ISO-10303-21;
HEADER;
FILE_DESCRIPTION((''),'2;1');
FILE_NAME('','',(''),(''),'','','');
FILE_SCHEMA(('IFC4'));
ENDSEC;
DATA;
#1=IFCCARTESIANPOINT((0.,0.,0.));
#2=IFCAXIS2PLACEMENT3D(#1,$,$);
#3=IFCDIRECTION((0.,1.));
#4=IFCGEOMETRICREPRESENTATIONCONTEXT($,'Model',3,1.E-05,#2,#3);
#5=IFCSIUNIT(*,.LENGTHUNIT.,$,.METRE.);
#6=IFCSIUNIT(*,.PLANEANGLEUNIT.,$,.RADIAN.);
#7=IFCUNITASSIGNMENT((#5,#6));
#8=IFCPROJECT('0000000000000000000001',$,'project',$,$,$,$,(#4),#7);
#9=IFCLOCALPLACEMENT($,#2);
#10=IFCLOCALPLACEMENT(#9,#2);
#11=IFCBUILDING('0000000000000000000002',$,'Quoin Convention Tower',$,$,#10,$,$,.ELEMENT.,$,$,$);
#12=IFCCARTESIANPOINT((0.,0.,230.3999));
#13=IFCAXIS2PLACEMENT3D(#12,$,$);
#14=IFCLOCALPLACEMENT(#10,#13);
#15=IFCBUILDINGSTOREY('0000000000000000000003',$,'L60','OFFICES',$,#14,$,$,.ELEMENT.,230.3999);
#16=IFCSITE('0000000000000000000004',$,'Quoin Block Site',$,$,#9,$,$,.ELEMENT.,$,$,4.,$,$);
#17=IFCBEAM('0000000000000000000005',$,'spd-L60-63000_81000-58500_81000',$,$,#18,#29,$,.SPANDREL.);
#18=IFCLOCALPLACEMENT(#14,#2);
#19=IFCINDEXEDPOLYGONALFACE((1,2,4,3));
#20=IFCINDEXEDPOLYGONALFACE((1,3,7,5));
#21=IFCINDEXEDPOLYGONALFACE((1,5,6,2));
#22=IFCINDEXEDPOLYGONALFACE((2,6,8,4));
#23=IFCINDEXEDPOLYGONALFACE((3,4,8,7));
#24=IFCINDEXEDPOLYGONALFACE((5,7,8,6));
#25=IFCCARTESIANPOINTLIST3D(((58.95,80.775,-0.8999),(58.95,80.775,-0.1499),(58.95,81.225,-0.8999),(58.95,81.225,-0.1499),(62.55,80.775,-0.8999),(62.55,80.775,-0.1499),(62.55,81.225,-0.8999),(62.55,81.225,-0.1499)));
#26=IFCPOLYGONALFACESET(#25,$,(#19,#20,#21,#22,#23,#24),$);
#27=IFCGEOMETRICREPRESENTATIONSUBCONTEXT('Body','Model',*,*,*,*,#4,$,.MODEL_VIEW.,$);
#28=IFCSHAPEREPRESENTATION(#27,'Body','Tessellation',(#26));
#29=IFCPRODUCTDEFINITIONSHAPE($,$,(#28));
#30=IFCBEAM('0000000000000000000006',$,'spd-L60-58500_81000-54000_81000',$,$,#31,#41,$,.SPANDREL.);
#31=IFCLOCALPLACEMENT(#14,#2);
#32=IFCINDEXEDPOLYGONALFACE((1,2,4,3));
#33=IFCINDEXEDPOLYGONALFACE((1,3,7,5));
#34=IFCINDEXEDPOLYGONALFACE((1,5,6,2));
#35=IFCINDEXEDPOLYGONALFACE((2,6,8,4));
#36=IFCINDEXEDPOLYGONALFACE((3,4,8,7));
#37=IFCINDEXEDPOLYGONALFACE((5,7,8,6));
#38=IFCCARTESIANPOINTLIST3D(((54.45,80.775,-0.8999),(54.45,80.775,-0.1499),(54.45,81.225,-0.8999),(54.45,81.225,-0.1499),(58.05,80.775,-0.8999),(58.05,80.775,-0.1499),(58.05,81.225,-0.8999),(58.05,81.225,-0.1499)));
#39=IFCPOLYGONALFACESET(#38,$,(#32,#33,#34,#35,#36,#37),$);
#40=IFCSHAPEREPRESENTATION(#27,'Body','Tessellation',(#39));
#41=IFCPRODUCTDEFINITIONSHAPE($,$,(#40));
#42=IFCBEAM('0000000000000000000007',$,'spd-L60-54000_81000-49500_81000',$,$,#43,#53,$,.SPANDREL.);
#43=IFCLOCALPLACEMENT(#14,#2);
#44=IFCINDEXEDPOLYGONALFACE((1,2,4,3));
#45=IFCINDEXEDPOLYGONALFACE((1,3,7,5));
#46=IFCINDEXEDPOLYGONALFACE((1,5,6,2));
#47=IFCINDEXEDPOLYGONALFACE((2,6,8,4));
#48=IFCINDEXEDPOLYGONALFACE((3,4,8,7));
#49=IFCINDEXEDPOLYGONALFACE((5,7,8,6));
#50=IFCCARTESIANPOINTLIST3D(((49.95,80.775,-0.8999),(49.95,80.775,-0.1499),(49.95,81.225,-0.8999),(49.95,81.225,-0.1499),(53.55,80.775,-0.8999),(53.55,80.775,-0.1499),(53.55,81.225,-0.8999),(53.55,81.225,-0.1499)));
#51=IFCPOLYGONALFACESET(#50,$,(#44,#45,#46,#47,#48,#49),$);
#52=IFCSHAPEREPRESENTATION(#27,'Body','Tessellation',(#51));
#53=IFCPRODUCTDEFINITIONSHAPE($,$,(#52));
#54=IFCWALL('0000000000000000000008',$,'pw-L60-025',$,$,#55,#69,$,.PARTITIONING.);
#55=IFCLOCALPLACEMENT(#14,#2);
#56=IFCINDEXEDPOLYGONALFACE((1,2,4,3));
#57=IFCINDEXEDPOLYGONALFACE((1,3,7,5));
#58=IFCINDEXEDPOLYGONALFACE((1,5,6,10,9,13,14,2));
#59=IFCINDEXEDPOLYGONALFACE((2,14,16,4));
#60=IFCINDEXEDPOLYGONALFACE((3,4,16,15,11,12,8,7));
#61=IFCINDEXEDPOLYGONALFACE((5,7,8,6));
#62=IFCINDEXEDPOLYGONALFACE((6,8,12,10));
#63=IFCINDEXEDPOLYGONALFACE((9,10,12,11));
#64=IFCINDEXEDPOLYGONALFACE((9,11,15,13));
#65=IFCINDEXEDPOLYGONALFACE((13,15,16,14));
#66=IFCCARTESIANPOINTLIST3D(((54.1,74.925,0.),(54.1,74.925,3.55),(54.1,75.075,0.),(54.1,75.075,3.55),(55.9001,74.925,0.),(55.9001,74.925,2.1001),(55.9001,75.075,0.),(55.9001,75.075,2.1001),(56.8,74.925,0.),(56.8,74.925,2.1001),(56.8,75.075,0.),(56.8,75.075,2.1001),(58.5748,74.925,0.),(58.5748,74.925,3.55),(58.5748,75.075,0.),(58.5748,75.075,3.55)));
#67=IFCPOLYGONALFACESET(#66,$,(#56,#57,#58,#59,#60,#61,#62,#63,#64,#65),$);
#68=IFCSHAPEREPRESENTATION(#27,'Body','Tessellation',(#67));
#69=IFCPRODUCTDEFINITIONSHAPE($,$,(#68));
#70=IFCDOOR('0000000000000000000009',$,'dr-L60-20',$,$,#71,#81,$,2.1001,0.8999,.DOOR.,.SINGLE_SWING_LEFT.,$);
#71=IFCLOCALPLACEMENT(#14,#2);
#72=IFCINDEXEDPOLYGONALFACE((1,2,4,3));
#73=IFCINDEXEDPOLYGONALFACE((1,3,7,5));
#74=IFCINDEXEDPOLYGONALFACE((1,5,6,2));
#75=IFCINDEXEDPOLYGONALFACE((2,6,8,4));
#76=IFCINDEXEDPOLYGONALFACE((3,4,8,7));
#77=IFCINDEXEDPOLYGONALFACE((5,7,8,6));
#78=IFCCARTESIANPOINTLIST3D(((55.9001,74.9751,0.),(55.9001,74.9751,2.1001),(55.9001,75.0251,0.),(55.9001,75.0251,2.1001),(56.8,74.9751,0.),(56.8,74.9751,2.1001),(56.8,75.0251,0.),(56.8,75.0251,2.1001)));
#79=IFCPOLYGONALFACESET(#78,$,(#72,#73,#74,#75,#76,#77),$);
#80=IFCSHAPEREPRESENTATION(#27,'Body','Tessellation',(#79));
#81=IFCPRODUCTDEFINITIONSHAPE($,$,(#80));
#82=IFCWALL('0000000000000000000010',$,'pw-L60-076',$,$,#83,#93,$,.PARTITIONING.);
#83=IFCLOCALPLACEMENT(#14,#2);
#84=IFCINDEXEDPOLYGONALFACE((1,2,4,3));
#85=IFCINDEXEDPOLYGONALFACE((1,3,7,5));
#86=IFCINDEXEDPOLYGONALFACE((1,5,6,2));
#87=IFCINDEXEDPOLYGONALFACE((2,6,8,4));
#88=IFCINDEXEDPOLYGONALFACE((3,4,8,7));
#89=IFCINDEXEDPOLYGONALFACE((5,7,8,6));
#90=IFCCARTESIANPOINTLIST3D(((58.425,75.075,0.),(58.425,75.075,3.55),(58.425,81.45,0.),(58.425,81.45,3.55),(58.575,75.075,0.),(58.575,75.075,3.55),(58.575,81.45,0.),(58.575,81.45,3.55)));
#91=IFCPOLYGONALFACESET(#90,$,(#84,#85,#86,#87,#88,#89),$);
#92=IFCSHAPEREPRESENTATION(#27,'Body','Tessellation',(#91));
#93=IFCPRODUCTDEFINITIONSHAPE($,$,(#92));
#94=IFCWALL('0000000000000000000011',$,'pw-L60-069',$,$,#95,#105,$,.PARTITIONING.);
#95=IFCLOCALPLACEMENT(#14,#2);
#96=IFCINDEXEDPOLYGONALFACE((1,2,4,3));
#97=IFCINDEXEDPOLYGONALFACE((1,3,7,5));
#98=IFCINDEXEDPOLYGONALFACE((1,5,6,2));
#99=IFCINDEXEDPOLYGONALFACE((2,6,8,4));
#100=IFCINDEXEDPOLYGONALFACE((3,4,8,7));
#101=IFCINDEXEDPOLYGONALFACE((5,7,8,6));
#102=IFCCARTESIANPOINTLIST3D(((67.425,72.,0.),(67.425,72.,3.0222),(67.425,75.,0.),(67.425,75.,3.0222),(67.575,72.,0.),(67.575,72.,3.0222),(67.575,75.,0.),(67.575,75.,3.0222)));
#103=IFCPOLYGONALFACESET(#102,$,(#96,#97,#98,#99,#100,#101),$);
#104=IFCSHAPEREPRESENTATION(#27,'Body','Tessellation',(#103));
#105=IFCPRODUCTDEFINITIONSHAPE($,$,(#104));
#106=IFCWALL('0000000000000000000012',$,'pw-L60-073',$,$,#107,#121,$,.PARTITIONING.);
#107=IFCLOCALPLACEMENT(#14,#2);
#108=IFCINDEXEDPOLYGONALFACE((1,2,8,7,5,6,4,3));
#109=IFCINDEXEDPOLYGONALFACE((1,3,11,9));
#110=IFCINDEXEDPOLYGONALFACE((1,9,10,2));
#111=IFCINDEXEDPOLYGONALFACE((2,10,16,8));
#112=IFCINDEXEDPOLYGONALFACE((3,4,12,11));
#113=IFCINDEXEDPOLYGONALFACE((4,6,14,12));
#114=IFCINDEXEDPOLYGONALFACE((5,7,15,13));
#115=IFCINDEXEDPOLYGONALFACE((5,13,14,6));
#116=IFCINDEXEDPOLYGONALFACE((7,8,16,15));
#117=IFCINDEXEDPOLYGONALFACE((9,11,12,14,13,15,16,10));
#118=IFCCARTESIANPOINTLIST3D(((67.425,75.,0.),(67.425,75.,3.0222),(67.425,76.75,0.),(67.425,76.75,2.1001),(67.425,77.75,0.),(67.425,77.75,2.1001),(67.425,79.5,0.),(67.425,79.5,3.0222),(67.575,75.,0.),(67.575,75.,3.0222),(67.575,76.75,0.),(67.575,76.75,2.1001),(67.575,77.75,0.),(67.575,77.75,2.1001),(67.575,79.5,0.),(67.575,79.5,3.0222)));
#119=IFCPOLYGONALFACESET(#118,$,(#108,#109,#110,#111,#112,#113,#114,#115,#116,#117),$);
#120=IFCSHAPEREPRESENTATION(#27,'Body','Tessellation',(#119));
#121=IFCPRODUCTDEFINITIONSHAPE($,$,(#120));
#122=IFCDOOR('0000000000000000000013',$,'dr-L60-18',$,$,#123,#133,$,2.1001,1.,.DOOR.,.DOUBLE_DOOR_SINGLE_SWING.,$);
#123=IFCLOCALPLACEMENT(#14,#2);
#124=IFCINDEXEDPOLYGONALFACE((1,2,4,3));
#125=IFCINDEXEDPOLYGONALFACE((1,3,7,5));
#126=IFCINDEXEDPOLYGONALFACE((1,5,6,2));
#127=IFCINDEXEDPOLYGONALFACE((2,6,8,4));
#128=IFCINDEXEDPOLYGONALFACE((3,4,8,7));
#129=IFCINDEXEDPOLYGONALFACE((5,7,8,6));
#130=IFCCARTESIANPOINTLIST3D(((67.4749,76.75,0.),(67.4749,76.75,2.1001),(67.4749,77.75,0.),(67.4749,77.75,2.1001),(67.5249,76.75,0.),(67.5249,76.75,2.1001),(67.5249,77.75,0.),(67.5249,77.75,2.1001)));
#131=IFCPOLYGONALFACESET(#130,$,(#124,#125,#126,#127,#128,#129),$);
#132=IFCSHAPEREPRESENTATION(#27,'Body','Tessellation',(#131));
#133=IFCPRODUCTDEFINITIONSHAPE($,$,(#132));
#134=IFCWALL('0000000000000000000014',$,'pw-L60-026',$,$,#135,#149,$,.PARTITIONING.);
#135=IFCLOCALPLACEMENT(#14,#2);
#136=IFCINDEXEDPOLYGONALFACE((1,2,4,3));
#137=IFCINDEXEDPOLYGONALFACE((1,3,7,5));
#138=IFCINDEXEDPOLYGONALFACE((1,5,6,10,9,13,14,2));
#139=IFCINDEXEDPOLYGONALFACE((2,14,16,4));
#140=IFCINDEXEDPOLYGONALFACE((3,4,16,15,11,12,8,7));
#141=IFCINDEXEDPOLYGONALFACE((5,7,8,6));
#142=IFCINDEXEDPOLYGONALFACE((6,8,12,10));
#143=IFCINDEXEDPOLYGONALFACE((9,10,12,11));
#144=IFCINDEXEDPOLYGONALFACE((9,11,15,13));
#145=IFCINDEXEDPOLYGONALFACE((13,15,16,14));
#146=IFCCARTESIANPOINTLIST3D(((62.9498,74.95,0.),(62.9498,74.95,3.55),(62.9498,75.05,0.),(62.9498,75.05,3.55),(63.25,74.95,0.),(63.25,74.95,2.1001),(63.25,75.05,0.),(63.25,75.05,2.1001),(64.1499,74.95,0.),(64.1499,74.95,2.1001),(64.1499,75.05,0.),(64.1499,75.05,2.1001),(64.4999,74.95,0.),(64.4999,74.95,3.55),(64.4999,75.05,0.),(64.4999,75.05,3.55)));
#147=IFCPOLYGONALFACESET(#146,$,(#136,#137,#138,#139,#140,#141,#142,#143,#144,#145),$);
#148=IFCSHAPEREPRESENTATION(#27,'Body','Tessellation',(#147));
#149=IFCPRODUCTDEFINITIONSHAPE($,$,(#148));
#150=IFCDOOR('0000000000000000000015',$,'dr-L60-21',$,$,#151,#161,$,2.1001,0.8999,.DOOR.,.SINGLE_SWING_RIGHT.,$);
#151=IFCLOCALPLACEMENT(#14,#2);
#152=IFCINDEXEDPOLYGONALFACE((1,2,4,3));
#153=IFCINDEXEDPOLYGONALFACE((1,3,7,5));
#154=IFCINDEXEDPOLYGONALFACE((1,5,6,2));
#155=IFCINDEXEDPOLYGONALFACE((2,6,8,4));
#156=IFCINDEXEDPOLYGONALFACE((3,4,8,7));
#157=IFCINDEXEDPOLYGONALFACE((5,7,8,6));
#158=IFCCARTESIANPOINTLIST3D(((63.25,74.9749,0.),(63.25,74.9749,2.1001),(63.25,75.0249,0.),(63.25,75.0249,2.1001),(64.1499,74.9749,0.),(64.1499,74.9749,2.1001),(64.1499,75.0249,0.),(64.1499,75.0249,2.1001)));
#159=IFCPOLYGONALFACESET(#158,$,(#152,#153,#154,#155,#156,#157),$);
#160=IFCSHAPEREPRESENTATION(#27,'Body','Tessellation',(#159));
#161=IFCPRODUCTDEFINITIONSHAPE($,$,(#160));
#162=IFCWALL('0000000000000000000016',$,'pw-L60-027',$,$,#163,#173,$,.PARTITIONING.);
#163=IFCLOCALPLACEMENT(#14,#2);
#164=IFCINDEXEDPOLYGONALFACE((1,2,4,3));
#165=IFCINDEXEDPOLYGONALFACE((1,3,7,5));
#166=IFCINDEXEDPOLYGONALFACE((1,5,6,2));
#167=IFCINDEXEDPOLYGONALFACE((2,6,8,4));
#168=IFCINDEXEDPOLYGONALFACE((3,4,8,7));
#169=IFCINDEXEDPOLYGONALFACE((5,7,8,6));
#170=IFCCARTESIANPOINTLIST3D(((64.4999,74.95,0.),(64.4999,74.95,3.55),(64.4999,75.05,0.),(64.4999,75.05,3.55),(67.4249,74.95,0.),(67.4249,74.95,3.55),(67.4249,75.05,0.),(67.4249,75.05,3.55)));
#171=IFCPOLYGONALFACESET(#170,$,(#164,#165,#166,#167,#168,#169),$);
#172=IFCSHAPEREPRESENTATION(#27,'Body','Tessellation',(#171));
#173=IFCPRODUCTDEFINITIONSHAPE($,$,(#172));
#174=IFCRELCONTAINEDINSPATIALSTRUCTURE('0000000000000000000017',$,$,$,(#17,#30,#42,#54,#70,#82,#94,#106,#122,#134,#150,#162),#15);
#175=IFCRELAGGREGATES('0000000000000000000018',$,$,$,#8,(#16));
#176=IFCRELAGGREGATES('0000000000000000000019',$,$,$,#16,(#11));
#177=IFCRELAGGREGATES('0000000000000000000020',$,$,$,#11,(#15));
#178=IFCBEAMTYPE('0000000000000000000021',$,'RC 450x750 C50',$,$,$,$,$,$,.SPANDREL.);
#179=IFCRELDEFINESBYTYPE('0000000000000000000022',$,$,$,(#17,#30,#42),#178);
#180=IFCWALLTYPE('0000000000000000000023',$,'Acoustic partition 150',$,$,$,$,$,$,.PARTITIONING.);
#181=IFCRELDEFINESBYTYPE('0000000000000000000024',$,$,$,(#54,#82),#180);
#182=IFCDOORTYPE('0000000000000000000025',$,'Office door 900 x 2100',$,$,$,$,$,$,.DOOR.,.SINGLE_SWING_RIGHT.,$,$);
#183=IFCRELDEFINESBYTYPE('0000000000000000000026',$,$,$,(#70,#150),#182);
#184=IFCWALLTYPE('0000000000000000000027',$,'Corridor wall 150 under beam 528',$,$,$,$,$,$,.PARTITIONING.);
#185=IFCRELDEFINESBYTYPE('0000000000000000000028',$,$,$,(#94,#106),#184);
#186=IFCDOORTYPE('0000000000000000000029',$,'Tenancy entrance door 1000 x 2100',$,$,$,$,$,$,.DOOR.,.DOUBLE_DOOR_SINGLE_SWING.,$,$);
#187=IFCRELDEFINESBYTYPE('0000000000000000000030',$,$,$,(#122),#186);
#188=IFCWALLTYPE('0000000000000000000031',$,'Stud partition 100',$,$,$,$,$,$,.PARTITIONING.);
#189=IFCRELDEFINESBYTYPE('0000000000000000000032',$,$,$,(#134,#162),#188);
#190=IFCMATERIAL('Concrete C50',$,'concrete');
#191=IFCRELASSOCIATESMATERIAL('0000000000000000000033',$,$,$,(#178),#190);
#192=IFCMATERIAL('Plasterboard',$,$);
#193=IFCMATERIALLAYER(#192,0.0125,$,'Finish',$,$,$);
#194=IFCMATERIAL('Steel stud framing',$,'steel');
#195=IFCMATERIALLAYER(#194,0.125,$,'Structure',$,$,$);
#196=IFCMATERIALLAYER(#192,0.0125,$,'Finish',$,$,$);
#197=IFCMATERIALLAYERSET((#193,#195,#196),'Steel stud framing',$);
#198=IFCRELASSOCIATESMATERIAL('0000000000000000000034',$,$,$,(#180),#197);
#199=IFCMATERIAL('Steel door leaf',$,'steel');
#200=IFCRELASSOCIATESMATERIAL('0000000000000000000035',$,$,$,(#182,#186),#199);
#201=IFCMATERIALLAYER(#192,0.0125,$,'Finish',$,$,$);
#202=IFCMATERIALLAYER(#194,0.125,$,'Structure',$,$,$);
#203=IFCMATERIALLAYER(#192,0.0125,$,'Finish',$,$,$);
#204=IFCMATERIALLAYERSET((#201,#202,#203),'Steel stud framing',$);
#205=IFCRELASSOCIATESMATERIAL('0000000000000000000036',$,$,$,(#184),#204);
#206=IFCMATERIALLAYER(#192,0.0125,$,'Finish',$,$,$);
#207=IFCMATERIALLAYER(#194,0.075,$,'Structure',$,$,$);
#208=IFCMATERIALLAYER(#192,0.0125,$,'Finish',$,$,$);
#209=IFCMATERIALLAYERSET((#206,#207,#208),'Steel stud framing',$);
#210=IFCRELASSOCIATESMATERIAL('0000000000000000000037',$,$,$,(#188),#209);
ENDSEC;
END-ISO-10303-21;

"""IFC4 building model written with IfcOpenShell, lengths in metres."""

from ifc_helpers import new_model, si_unit, direction, frame, frame_2d, origin, origin_2d, place, context, subcontext, project, spatial, rectangle, extrude, material, layer, layer_set, material_profile, profile_set, type_object, element, fill, save


model = new_model("IFC4")

# Units and contexts
model_context = context("Model", 3, precision=1e-05, world=origin(), true_north=direction((0.0, 1.0)))
body_context = subcontext(model_context, "Body", "Model", "MODEL_VIEW")
ifc_project = project(units=[si_unit("LENGTHUNIT", "METRE"), si_unit("PLANEANGLEUNIT", "RADIAN")], contexts=[model_context])

# Site, building, storey
site_placement = place(None, origin())
site = spatial("IfcSite", under=ifc_project, at=site_placement, Name="Quoin Block Site", CompositionType="ELEMENT", RefElevation=4.0)
building_placement = place(site_placement, origin())
building = spatial("IfcBuilding", under=site, at=building_placement, Name="Quoin Convention Tower", CompositionType="ELEMENT")
storey_placement = place(building_placement, frame((0.0, 0.0, 230.3999)))
storey = spatial("IfcBuildingStorey", under=building, at=storey_placement, Name="L60", Description="OFFICES", CompositionType="ELEMENT", Elevation=230.3999)

# Shared definitions
ifc_material_1 = material(Name="Concrete C50", Category="concrete")

# Beams
ifc_material_profile_1 = material_profile(ifc_material_1, rectangle(XDim=0.45, YDim=0.75, at=origin_2d()), Name="RC 450x750")
ifc_profile_set_1 = profile_set([ifc_material_profile_1], Name="Concrete C50")
beam_type_1 = type_object("IfcBeamType", Name="RC 450x750 C50", PredefinedType="SPANDREL", material=ifc_profile_set_1)
for number, where, z_axis, x_axis, name in (
    (1, (62.55, 81.0, -0.5249), (-1.0, 0.0, 0.0), (0.0, -1.0, 0.0), "spd-L60-63000_81000-58500_81000"),
    (2, (58.05, 81.0, -0.5249), (-1.0, 0.0, 0.0), (0.0, -1.0, 0.0), "spd-L60-58500_81000-54000_81000"),
    (3, (53.55, 81.0, -0.5249), (-1.0, 0.0, 0.0), (0.0, -1.0, 0.0), "spd-L60-54000_81000-49500_81000"),
):
    element("IfcBeam", number, at=place(storey_placement, frame(where, z_axis=z_axis, x_axis=x_axis)), inside=storey, type_object=beam_type_1, Name=name, PredefinedType="SPANDREL", context=body_context, shape_type="SweptSolid", body=[
        extrude(rectangle(XDim=0.45, YDim=0.75, at=origin_2d()), origin(), (0.0, 0.0, 1.0), 3.6001),
    ])

# Wall, opening, door
ifc_material_2 = material(Name="Plasterboard")
ifc_layer_1 = layer(ifc_material_2, 0.0125, Name="Finish")
ifc_material_3 = material(Name="Steel stud framing", Category="steel")
ifc_layer_2 = layer(ifc_material_3, 0.125, Name="Structure")
ifc_layer_3 = layer(ifc_material_2, 0.0125, Name="Finish")
ifc_layer_set_1 = layer_set([ifc_layer_1, ifc_layer_2, ifc_layer_3], Name="Steel stud framing")
wall_type_1 = type_object("IfcWallType", Name="Acoustic partition 150", PredefinedType="PARTITIONING", material=ifc_layer_set_1)
wall_1_placement = place(storey_placement, frame((54.1001, 75.0, 0.0), z_axis=(0.0, 0.0, 1.0), x_axis=(1.0, 0.0, 0.0)))
wall_1 = element("IfcWall", 4, at=wall_1_placement, inside=storey, type_object=wall_type_1, Name="pw-L60-025", PredefinedType="PARTITIONING", context=body_context, shape_type="SweptSolid", body=[
    extrude(rectangle(XDim=4.4749, YDim=0.1499, at=frame_2d((2.2373, 0.0))), origin(), (0.0, 0.0, 1.0), 3.55),
])
opening_1_placement = place(wall_1_placement, frame((1.8, 0.0, 0.0)))
opening_1 = element("IfcOpeningElement", 5, at=opening_1_placement, cuts=wall_1, PredefinedType="OPENING", context=body_context, shape_type="SweptSolid", body=[
    extrude(rectangle(XDim=0.8999, YDim=2.1001, at=frame_2d((0.45, 1.05))), frame((0.0, 0.085, 0.0), z_axis=(0.0, -1.0, 0.0), x_axis=(1.0, 0.0, 0.0)), (0.0, 0.0, 1.0), 0.1699),
])
ifc_material_4 = material(Name="Steel door leaf", Category="steel")
door_type_1 = type_object("IfcDoorType", Name="Office door 900 x 2100", OperationType="SINGLE_SWING_RIGHT", PredefinedType="DOOR", material=ifc_material_4)
door_1_placement = place(opening_1_placement, frame((0.8999, 0.0, 0.0), z_axis=(0.0, 0.0, 1.0), x_axis=(-1.0, 0.0, 0.0)))
door_1 = element("IfcDoor", 6, at=door_1_placement, inside=storey, type_object=door_type_1, Name="dr-L60-20", OperationType="SINGLE_SWING_LEFT", OverallHeight=2.1001, OverallWidth=0.8999, PredefinedType="DOOR", context=body_context, shape_type="SweptSolid", body=[
    extrude(rectangle(XDim=0.8999, YDim=2.1001, at=frame_2d((0.45, 1.05))), frame((0.0, 0.0249, 0.0), z_axis=(0.0, -1.0, 0.0), x_axis=(1.0, 0.0, 0.0)), (0.0, 0.0, 1.0), 0.05),
])
fill(opening_1, door_1)

# Walls
wall_2_placement = place(storey_placement, frame((58.5, 75.075, 0.0), z_axis=(0.0, 0.0, 1.0), x_axis=(0.0, 1.0, 0.0)))
element("IfcWall", 7, at=wall_2_placement, inside=storey, type_object=wall_type_1, Name="pw-L60-076", PredefinedType="PARTITIONING", context=body_context, shape_type="SweptSolid", body=[
    extrude(rectangle(XDim=6.375, YDim=0.1499, at=frame_2d((3.1875, 0.0))), origin(), (0.0, 0.0, 1.0), 3.55),
])
ifc_layer_4 = layer(ifc_material_2, 0.0125, Name="Finish")
ifc_layer_5 = layer(ifc_material_3, 0.125, Name="Structure")
ifc_layer_6 = layer(ifc_material_2, 0.0125, Name="Finish")
ifc_layer_set_2 = layer_set([ifc_layer_4, ifc_layer_5, ifc_layer_6], Name="Steel stud framing")
wall_type_2 = type_object("IfcWallType", Name="Corridor wall 150 under beam 528", PredefinedType="PARTITIONING", material=ifc_layer_set_2)
wall_3_placement = place(storey_placement, frame((67.5, 72.0, 0.0), z_axis=(0.0, 0.0, 1.0), x_axis=(0.0, 1.0, 0.0)))
element("IfcWall", 8, at=wall_3_placement, inside=storey, type_object=wall_type_2, Name="pw-L60-069", PredefinedType="PARTITIONING", context=body_context, shape_type="SweptSolid", body=[
    extrude(rectangle(XDim=3.0, YDim=0.1499, at=frame_2d((1.5, 0.0))), origin(), (0.0, 0.0, 1.0), 3.0222),
])

# Walls, openings, doors
wall_4_placement = place(storey_placement, frame((67.5, 75.0, 0.0), z_axis=(0.0, 0.0, 1.0), x_axis=(0.0, 1.0, 0.0)))
wall_4 = element("IfcWall", 9, at=wall_4_placement, inside=storey, type_object=wall_type_2, Name="pw-L60-073", PredefinedType="PARTITIONING", context=body_context, shape_type="SweptSolid", body=[
    extrude(rectangle(XDim=4.5, YDim=0.1499, at=frame_2d((2.25, 0.0))), origin(), (0.0, 0.0, 1.0), 3.0222),
])
opening_2_placement = place(wall_4_placement, frame((1.75, 0.0, 0.0)))
opening_2 = element("IfcOpeningElement", 10, at=opening_2_placement, cuts=wall_4, PredefinedType="OPENING", context=body_context, shape_type="SweptSolid", body=[
    extrude(rectangle(XDim=1.0, YDim=2.1001, at=frame_2d((0.5, 1.05))), frame((0.0, 0.085, 0.0), z_axis=(0.0, -1.0, 0.0), x_axis=(1.0, 0.0, 0.0)), (0.0, 0.0, 1.0), 0.1699),
])
door_type_2 = type_object("IfcDoorType", Name="Tenancy entrance door 1000 x 2100", OperationType="DOUBLE_DOOR_SINGLE_SWING", PredefinedType="DOOR", material=ifc_material_4)
door_2_placement = place(opening_2_placement, frame((1.0, 0.0, 0.0), z_axis=(0.0, 0.0, 1.0), x_axis=(-1.0, 0.0, 0.0)))
door_2 = element("IfcDoor", 11, at=door_2_placement, inside=storey, type_object=door_type_2, Name="dr-L60-18", OperationType="DOUBLE_DOOR_SINGLE_SWING", OverallHeight=2.1001, OverallWidth=1.0, PredefinedType="DOOR", context=body_context, shape_type="SweptSolid", body=[
    extrude(rectangle(XDim=1.0, YDim=2.1001, at=frame_2d((0.5, 1.05))), frame((0.0, 0.0249, 0.0), z_axis=(0.0, -1.0, 0.0), x_axis=(1.0, 0.0, 0.0)), (0.0, 0.0, 1.0), 0.05),
])
fill(opening_2, door_2)
ifc_layer_7 = layer(ifc_material_2, 0.0125, Name="Finish")
ifc_layer_8 = layer(ifc_material_3, 0.075, Name="Structure")
ifc_layer_9 = layer(ifc_material_2, 0.0125, Name="Finish")
ifc_layer_set_3 = layer_set([ifc_layer_7, ifc_layer_8, ifc_layer_9], Name="Steel stud framing")
wall_type_3 = type_object("IfcWallType", Name="Stud partition 100", PredefinedType="PARTITIONING", material=ifc_layer_set_3)
wall_5_placement = place(storey_placement, frame((62.95, 75.0, 0.0), z_axis=(0.0, 0.0, 1.0), x_axis=(1.0, 0.0, 0.0)))
wall_5 = element("IfcWall", 12, at=wall_5_placement, inside=storey, type_object=wall_type_3, Name="pw-L60-026", PredefinedType="PARTITIONING", context=body_context, shape_type="SweptSolid", body=[
    extrude(rectangle(XDim=1.55, YDim=0.1001, at=frame_2d((0.7749, 0.0))), origin(), (0.0, 0.0, 1.0), 3.55),
])
opening_3_placement = place(wall_5_placement, frame((0.3, 0.0, 0.0)))
opening_3 = element("IfcOpeningElement", 13, at=opening_3_placement, cuts=wall_5, PredefinedType="OPENING", context=body_context, shape_type="SweptSolid", body=[
    extrude(rectangle(XDim=0.8999, YDim=2.1001, at=frame_2d((0.45, 1.05))), frame((0.0, 0.0601, 0.0), z_axis=(0.0, -1.0, 0.0), x_axis=(1.0, 0.0, 0.0)), (0.0, 0.0, 1.0), 0.1201),
])
door_3_placement = place(opening_3_placement, origin())
door_3 = element("IfcDoor", 14, at=door_3_placement, inside=storey, type_object=door_type_1, Name="dr-L60-21", OperationType="SINGLE_SWING_RIGHT", OverallHeight=2.1001, OverallWidth=0.8999, PredefinedType="DOOR", context=body_context, shape_type="SweptSolid", body=[
    extrude(rectangle(XDim=0.8999, YDim=2.1001, at=frame_2d((0.45, 1.05))), frame((0.0, 0.0249, 0.0), z_axis=(0.0, -1.0, 0.0), x_axis=(1.0, 0.0, 0.0)), (0.0, 0.0, 1.0), 0.05),
])
fill(opening_3, door_3)

# Wall
wall_6_placement = place(storey_placement, frame((64.5, 75.0, 0.0), z_axis=(0.0, 0.0, 1.0), x_axis=(1.0, 0.0, 0.0)))
element("IfcWall", 15, at=wall_6_placement, inside=storey, type_object=wall_type_3, Name="pw-L60-027", PredefinedType="PARTITIONING", context=body_context, shape_type="SweptSolid", body=[
    extrude(rectangle(XDim=2.925, YDim=0.1001, at=frame_2d((1.4624, 0.0))), origin(), (0.0, 0.0, 1.0), 3.55),
])

save(model, "model.ifc")
